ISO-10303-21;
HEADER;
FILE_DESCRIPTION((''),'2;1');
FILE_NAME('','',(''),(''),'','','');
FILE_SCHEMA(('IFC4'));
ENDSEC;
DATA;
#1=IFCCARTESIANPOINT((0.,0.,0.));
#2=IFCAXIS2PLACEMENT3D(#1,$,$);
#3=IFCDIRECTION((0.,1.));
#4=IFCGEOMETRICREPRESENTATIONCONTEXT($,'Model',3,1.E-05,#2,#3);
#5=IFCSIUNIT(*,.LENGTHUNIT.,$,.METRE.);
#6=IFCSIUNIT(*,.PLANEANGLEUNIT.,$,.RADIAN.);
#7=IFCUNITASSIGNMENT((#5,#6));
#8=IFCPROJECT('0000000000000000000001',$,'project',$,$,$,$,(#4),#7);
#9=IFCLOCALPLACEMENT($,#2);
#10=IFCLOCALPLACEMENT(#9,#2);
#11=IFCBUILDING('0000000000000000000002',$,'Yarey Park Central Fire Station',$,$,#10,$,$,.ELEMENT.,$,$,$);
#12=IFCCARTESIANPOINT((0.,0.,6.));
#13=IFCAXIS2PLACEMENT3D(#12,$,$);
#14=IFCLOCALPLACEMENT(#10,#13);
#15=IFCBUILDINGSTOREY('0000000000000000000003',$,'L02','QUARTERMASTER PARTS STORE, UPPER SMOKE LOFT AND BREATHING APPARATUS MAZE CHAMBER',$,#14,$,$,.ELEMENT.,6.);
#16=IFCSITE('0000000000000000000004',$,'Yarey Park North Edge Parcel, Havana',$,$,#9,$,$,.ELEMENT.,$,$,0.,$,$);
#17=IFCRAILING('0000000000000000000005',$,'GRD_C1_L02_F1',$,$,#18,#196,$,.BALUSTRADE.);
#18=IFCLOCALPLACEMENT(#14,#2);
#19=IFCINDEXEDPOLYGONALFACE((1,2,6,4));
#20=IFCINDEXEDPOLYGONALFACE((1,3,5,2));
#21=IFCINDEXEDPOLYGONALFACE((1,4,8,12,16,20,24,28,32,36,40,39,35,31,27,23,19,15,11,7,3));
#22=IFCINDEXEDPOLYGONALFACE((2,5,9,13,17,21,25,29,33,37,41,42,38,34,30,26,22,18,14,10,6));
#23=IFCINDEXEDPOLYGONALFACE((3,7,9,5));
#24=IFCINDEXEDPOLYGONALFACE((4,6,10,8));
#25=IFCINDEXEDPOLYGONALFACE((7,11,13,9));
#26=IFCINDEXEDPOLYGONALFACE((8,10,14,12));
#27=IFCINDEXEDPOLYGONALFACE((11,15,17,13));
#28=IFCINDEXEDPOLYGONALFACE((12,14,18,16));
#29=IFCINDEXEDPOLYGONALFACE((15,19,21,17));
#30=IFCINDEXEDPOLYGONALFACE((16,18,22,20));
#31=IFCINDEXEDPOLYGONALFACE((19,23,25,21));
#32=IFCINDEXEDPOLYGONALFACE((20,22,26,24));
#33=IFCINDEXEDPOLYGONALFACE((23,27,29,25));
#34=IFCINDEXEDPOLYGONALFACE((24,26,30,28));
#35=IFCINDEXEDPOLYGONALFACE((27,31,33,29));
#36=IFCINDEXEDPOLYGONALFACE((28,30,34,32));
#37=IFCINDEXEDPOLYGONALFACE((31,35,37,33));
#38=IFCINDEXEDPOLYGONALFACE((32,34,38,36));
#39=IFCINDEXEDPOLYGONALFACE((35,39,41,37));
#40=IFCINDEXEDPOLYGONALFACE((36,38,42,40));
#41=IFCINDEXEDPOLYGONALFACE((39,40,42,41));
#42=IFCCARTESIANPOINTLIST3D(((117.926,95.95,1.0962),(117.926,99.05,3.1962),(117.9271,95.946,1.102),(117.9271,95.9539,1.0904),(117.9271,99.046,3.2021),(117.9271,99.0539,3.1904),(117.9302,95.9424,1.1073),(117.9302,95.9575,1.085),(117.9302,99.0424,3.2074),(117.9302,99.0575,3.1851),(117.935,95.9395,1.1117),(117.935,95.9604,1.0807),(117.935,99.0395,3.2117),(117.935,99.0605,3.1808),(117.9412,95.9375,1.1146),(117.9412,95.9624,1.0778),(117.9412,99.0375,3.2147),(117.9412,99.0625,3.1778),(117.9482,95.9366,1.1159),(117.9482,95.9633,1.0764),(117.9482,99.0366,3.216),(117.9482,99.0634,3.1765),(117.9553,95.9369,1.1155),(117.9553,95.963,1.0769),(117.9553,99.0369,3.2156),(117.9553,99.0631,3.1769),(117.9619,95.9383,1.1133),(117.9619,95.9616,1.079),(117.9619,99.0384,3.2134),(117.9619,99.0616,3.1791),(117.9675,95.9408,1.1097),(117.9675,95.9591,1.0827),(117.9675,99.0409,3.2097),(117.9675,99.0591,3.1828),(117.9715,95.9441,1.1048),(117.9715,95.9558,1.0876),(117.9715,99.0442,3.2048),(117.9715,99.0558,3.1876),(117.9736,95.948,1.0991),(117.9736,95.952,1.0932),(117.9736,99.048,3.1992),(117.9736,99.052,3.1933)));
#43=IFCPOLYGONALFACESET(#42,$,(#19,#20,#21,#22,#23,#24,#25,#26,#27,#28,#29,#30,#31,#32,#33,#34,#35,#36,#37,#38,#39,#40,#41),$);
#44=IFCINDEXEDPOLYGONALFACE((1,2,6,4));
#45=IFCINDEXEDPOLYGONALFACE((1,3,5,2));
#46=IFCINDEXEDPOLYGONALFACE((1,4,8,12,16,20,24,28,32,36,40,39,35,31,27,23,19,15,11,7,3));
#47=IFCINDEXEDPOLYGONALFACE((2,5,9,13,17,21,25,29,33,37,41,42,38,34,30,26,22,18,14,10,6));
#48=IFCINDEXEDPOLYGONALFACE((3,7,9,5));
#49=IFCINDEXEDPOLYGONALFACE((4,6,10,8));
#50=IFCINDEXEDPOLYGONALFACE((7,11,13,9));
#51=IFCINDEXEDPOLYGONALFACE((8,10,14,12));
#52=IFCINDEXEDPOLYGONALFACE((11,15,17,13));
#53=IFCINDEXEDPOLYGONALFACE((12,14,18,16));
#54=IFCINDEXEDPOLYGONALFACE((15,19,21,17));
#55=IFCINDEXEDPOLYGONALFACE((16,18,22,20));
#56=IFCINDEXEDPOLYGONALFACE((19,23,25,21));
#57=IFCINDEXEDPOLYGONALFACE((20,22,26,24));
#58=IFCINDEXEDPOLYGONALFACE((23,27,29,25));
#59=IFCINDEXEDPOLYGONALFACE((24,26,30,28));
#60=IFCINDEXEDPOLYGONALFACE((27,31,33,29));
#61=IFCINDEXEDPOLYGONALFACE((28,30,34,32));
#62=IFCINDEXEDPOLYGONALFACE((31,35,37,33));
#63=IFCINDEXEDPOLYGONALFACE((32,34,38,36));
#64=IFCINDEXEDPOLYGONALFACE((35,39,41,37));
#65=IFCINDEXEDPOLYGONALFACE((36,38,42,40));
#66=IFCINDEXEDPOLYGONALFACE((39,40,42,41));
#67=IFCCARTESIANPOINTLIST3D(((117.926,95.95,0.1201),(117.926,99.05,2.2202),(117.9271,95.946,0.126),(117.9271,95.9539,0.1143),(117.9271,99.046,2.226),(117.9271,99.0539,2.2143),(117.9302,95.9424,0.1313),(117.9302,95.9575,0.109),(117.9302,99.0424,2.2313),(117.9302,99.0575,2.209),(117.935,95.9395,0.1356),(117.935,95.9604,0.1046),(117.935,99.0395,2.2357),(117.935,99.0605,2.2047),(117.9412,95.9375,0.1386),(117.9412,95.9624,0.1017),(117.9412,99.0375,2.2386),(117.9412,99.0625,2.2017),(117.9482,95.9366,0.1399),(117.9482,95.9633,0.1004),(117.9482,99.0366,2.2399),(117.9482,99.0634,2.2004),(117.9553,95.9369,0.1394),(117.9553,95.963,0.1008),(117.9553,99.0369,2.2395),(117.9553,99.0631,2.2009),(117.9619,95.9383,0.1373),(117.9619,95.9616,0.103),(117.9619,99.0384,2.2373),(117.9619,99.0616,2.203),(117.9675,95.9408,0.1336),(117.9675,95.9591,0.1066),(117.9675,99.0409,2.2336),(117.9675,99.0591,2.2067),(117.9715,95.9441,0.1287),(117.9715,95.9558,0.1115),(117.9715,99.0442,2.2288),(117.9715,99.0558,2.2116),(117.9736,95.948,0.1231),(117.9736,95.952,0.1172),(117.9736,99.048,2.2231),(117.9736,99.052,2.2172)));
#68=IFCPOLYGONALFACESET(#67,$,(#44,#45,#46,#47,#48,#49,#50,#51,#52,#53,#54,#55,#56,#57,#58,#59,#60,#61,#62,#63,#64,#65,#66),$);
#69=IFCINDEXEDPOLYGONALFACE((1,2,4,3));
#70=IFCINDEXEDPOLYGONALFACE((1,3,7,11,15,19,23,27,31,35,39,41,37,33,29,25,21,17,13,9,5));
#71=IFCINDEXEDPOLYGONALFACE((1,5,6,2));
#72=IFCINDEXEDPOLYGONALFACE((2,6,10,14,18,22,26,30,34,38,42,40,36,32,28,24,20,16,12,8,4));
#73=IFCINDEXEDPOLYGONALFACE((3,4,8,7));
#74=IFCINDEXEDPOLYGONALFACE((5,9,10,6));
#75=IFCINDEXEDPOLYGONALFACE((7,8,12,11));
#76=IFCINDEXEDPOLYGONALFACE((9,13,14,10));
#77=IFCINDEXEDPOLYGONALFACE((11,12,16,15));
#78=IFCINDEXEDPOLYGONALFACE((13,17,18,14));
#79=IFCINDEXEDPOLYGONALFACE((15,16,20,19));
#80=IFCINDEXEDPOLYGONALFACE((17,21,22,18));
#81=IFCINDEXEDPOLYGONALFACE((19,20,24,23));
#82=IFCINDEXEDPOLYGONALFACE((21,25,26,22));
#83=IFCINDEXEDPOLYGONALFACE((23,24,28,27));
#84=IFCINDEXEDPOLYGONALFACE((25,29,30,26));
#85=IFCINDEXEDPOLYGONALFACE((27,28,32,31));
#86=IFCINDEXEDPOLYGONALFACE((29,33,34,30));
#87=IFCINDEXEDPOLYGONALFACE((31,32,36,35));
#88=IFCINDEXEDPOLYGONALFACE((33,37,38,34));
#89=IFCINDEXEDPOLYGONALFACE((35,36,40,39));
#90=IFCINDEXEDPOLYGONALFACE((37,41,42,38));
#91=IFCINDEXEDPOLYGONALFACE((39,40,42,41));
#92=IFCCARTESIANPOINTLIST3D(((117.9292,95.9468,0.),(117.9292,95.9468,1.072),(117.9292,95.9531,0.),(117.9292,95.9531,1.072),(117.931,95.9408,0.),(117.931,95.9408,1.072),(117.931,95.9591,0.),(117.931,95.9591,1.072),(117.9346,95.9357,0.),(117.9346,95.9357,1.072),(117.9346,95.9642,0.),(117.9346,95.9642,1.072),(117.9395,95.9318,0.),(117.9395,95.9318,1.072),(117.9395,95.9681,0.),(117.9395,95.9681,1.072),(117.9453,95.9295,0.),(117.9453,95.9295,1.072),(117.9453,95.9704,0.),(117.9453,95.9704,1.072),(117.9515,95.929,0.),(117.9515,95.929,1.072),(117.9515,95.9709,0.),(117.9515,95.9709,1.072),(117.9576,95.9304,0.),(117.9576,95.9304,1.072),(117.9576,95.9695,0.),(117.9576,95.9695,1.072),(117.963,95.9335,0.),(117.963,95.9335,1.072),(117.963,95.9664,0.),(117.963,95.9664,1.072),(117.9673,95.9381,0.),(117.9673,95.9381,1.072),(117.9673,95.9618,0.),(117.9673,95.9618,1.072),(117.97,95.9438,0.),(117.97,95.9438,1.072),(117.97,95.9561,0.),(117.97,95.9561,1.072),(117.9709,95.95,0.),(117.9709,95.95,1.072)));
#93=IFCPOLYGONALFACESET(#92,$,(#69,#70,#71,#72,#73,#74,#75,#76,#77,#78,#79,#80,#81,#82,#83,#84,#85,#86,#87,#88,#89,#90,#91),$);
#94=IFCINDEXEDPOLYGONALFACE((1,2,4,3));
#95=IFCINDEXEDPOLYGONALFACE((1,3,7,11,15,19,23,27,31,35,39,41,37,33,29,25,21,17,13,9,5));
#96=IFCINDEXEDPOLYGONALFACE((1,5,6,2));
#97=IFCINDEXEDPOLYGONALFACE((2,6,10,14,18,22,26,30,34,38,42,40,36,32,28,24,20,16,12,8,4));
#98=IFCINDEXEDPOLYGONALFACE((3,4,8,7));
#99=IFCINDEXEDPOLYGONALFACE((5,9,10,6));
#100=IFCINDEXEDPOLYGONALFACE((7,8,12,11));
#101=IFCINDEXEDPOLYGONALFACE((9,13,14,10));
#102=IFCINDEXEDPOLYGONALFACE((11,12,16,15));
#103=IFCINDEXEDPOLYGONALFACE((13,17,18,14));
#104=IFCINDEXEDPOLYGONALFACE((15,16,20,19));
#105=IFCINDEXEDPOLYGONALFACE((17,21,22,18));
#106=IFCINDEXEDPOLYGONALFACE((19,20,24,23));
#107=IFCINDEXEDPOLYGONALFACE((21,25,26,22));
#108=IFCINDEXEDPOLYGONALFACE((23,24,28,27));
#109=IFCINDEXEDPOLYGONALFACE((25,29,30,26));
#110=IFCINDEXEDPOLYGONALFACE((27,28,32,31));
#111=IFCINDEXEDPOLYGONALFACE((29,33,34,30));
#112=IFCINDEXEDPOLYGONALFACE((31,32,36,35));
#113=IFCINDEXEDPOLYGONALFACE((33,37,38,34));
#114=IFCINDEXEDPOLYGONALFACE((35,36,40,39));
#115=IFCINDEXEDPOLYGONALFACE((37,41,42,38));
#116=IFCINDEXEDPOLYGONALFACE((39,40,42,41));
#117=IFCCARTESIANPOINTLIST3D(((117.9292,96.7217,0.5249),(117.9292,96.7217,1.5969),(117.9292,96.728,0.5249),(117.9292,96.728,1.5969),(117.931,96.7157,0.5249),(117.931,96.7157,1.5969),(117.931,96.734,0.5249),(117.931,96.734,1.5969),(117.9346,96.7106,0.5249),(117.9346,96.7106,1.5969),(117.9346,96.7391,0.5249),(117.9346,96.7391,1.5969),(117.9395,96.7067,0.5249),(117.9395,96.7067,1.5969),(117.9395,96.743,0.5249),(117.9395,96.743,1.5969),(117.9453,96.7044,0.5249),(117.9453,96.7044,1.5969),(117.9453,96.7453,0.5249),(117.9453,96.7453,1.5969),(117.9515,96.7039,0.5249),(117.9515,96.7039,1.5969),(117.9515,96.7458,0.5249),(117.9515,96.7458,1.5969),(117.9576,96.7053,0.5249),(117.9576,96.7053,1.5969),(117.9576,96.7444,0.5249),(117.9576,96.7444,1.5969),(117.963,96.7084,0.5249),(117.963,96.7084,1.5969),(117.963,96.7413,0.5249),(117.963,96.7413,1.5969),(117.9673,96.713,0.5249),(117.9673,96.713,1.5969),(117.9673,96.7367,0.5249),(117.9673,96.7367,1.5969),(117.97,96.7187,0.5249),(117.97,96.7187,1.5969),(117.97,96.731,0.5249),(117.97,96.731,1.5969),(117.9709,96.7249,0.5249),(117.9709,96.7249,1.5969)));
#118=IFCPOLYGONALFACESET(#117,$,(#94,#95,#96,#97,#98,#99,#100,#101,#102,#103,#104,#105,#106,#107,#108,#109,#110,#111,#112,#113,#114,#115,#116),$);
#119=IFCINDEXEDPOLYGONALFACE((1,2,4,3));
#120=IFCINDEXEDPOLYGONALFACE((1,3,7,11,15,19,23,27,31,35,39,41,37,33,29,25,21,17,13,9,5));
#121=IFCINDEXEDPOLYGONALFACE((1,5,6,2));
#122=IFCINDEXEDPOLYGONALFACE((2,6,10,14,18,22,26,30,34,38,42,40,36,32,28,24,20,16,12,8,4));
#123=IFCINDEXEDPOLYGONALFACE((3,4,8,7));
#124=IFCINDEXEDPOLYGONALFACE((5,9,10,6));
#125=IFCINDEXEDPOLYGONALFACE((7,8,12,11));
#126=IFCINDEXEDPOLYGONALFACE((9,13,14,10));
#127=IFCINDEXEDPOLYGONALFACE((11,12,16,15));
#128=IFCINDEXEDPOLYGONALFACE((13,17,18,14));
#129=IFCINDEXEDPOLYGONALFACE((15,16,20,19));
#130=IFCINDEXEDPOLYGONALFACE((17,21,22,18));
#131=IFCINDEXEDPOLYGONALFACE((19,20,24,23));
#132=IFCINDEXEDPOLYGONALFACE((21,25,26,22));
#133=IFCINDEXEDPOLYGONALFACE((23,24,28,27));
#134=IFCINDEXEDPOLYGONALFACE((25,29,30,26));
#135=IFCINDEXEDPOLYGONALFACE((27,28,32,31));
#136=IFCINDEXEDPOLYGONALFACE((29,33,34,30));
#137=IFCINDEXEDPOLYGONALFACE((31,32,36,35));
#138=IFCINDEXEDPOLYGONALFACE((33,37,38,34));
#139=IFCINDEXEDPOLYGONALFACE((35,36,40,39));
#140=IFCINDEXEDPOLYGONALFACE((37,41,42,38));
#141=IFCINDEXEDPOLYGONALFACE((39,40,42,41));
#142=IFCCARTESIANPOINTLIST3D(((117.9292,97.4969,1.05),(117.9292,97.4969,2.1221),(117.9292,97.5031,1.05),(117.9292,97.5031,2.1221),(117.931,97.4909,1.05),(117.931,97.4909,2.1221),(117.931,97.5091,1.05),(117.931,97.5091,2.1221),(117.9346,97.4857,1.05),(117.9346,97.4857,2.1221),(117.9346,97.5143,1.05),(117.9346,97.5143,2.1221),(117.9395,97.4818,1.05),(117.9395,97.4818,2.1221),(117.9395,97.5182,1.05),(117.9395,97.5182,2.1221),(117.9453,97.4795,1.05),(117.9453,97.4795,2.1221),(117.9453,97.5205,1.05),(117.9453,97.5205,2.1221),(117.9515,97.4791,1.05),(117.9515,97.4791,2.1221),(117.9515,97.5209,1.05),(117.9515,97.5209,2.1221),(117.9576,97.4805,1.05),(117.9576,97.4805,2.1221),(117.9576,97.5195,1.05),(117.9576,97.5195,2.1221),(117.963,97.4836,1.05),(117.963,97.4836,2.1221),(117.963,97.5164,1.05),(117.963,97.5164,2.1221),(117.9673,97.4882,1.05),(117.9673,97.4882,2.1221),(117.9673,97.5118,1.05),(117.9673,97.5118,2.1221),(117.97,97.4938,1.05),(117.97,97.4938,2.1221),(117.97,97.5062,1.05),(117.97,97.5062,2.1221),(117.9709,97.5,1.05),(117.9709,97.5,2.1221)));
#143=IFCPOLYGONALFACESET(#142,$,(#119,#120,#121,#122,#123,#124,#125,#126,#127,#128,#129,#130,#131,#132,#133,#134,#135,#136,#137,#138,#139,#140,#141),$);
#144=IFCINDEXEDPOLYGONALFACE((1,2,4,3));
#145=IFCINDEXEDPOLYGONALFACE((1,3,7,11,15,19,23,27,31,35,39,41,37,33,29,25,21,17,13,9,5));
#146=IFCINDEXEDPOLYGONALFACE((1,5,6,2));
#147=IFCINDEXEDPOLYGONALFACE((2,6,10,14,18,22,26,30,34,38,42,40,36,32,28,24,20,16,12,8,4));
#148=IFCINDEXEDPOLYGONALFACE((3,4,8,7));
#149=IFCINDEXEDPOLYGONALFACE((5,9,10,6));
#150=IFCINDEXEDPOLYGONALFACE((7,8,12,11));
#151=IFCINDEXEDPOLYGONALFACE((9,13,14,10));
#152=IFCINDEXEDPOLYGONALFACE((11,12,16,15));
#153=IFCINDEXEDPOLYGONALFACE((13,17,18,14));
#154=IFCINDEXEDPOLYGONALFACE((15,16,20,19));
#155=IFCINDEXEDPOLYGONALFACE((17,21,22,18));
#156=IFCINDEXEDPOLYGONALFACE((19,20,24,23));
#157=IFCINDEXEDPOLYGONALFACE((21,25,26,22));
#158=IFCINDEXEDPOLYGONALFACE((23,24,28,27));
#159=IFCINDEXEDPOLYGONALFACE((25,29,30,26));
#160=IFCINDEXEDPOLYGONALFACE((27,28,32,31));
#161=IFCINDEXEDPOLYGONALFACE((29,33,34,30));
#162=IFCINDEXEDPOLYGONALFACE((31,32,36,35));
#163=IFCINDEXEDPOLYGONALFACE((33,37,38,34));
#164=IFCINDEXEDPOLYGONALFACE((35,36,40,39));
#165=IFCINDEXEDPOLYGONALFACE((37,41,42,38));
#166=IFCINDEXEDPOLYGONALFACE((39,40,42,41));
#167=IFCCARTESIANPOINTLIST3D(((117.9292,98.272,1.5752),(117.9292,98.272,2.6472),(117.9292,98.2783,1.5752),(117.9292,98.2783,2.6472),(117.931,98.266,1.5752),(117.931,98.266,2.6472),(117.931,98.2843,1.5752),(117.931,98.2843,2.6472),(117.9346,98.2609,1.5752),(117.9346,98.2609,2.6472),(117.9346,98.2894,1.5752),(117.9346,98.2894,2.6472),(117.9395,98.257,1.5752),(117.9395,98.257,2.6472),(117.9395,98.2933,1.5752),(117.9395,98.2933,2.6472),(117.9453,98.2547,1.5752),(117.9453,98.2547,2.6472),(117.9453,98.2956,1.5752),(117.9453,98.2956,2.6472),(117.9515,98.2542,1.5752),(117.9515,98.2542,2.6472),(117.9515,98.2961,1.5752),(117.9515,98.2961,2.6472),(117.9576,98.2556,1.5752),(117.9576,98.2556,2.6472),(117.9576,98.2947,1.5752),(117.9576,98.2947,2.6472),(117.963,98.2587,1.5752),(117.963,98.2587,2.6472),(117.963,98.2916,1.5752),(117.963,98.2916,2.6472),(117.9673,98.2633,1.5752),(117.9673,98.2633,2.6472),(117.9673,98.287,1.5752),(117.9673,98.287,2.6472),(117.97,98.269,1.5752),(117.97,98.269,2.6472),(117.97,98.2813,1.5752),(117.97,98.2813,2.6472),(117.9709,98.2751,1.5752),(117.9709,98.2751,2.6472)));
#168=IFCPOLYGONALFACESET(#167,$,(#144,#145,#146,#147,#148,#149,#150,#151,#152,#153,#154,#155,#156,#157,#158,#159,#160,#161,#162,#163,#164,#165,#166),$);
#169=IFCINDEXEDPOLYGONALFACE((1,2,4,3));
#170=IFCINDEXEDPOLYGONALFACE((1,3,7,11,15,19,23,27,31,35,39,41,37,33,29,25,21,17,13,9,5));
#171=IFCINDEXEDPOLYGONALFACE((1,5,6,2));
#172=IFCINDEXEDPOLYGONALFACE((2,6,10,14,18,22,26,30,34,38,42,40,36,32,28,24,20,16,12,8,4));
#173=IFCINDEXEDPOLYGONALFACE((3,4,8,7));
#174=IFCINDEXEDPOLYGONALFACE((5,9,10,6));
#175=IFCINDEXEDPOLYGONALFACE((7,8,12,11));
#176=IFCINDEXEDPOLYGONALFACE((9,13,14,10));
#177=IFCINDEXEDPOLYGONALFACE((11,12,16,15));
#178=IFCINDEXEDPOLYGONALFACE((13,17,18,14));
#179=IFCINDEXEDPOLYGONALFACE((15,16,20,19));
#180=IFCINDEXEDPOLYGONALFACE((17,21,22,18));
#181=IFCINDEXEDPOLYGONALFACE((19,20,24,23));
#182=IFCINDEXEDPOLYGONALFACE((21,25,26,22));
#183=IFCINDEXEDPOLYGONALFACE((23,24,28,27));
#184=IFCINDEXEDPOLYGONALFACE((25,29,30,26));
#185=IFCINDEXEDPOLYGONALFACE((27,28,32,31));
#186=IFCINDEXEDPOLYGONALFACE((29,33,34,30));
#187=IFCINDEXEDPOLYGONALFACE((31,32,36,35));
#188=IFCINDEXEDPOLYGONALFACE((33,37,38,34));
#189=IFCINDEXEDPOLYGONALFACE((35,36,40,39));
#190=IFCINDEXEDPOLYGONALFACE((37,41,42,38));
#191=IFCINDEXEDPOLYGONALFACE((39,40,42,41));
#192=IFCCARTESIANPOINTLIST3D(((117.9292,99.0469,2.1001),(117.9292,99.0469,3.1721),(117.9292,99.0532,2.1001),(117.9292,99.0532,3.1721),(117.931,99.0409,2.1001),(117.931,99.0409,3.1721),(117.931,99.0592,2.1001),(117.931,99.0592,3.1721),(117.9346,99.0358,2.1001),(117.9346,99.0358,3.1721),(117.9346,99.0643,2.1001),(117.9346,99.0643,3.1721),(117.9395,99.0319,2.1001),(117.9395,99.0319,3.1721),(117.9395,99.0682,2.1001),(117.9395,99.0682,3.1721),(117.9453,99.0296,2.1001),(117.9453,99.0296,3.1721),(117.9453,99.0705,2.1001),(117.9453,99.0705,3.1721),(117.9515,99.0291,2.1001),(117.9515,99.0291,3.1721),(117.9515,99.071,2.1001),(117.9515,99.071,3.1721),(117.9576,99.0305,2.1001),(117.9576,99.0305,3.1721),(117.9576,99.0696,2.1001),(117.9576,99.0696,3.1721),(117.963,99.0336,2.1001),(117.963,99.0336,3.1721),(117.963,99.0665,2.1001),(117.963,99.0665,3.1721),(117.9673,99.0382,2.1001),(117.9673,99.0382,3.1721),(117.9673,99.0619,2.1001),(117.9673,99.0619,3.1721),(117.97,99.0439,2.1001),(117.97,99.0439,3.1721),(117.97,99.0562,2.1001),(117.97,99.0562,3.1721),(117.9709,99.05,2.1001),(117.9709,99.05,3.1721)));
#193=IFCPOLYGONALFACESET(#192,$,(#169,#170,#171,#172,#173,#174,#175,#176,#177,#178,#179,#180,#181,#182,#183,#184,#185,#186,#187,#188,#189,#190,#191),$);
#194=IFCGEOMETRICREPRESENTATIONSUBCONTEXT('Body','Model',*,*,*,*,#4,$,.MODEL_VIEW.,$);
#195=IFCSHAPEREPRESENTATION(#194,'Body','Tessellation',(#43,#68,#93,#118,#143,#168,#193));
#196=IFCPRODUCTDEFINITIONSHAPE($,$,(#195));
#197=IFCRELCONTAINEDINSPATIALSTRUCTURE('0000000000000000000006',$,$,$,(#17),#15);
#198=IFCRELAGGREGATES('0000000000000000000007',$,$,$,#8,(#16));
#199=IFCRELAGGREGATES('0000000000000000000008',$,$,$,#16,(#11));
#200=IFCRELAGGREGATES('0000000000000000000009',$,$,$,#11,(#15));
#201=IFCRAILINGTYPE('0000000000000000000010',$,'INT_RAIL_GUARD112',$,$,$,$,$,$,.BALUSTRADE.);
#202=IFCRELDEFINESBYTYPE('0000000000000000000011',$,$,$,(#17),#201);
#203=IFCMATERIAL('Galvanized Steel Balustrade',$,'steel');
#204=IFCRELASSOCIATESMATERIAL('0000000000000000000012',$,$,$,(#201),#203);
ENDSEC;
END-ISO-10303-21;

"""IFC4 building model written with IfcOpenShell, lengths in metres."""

from ifc_helpers import new_model, si_unit, direction, frame, origin, origin_2d, place, context, subcontext, project, spatial, circle, extrude, material, type_object, element, save


model = new_model("IFC4")

# Units and contexts
model_context = context("Model", 3, precision=1e-05, world=origin(), true_north=direction((0.0, 1.0)))
body_context = subcontext(model_context, "Body", "Model", "MODEL_VIEW")
ifc_project = project(units=[si_unit("LENGTHUNIT", "METRE"), si_unit("PLANEANGLEUNIT", "RADIAN")], contexts=[model_context])

# Site, building, storey
site_placement = place(None, origin())
site = spatial("IfcSite", under=ifc_project, at=site_placement, Name="Yarey Park North Edge Parcel, Havana", CompositionType="ELEMENT", RefElevation=0.0)
building_placement = place(site_placement, origin())
building = spatial("IfcBuilding", under=site, at=building_placement, Name="Yarey Park Central Fire Station", CompositionType="ELEMENT")
storey_placement = place(building_placement, frame((0.0, 0.0, 6.0)))
storey = spatial("IfcBuildingStorey", under=building, at=storey_placement, Name="L02", Description="QUARTERMASTER PARTS STORE, UPPER SMOKE LOFT AND BREATHING APPARATUS MAZE CHAMBER", CompositionType="ELEMENT", Elevation=6.0)

# Railing
ifc_material_1 = material(Name="Galvanized Steel Balustrade", Category="steel")
railing_type_1 = type_object("IfcRailingType", Name="INT_RAIL_GUARD112", PredefinedType="BALUSTRADE", material=ifc_material_1)
railing_1_placement = place(storey_placement, frame((117.95, 95.95, 0.0)))
element("IfcRailing", 1, at=railing_1_placement, inside=storey, type_object=railing_type_1, Name="GRD_C1_L02_F1", PredefinedType="BALUSTRADE", context=body_context, shape_type="SweptSolid", body=[
    extrude(circle(Radius=0.0239, at=origin_2d()), frame((0.0, 0.0, 1.0962), z_axis=(0.0, 0.827915, 0.560854), x_axis=(-1.0, 0.0, 0.0)), (0.0, 0.0, 1.0), 3.7444),
    extrude(circle(Radius=0.0239, at=origin_2d()), frame((0.0, 0.0, 0.1201), z_axis=(0.0, 0.827915, 0.560854), x_axis=(-1.0, 0.0, 0.0)), (0.0, 0.0, 1.0), 3.7444),
    extrude(circle(Radius=0.021, at=origin_2d()), origin(), (0.0, 0.0, 1.0), 1.072),
    extrude(circle(Radius=0.021, at=origin_2d()), frame((0.0, 0.7749, 0.5249)), (0.0, 0.0, 1.0), 1.072),
    extrude(circle(Radius=0.021, at=origin_2d()), frame((0.0, 1.55, 1.05)), (0.0, 0.0, 1.0), 1.072),
    extrude(circle(Radius=0.021, at=origin_2d()), frame((0.0, 2.3252, 1.5752)), (0.0, 0.0, 1.0), 1.072),
    extrude(circle(Radius=0.021, at=origin_2d()), frame((0.0, 3.1001, 2.1001)), (0.0, 0.0, 1.0), 1.072),
])

save(model, "model.ifc")
